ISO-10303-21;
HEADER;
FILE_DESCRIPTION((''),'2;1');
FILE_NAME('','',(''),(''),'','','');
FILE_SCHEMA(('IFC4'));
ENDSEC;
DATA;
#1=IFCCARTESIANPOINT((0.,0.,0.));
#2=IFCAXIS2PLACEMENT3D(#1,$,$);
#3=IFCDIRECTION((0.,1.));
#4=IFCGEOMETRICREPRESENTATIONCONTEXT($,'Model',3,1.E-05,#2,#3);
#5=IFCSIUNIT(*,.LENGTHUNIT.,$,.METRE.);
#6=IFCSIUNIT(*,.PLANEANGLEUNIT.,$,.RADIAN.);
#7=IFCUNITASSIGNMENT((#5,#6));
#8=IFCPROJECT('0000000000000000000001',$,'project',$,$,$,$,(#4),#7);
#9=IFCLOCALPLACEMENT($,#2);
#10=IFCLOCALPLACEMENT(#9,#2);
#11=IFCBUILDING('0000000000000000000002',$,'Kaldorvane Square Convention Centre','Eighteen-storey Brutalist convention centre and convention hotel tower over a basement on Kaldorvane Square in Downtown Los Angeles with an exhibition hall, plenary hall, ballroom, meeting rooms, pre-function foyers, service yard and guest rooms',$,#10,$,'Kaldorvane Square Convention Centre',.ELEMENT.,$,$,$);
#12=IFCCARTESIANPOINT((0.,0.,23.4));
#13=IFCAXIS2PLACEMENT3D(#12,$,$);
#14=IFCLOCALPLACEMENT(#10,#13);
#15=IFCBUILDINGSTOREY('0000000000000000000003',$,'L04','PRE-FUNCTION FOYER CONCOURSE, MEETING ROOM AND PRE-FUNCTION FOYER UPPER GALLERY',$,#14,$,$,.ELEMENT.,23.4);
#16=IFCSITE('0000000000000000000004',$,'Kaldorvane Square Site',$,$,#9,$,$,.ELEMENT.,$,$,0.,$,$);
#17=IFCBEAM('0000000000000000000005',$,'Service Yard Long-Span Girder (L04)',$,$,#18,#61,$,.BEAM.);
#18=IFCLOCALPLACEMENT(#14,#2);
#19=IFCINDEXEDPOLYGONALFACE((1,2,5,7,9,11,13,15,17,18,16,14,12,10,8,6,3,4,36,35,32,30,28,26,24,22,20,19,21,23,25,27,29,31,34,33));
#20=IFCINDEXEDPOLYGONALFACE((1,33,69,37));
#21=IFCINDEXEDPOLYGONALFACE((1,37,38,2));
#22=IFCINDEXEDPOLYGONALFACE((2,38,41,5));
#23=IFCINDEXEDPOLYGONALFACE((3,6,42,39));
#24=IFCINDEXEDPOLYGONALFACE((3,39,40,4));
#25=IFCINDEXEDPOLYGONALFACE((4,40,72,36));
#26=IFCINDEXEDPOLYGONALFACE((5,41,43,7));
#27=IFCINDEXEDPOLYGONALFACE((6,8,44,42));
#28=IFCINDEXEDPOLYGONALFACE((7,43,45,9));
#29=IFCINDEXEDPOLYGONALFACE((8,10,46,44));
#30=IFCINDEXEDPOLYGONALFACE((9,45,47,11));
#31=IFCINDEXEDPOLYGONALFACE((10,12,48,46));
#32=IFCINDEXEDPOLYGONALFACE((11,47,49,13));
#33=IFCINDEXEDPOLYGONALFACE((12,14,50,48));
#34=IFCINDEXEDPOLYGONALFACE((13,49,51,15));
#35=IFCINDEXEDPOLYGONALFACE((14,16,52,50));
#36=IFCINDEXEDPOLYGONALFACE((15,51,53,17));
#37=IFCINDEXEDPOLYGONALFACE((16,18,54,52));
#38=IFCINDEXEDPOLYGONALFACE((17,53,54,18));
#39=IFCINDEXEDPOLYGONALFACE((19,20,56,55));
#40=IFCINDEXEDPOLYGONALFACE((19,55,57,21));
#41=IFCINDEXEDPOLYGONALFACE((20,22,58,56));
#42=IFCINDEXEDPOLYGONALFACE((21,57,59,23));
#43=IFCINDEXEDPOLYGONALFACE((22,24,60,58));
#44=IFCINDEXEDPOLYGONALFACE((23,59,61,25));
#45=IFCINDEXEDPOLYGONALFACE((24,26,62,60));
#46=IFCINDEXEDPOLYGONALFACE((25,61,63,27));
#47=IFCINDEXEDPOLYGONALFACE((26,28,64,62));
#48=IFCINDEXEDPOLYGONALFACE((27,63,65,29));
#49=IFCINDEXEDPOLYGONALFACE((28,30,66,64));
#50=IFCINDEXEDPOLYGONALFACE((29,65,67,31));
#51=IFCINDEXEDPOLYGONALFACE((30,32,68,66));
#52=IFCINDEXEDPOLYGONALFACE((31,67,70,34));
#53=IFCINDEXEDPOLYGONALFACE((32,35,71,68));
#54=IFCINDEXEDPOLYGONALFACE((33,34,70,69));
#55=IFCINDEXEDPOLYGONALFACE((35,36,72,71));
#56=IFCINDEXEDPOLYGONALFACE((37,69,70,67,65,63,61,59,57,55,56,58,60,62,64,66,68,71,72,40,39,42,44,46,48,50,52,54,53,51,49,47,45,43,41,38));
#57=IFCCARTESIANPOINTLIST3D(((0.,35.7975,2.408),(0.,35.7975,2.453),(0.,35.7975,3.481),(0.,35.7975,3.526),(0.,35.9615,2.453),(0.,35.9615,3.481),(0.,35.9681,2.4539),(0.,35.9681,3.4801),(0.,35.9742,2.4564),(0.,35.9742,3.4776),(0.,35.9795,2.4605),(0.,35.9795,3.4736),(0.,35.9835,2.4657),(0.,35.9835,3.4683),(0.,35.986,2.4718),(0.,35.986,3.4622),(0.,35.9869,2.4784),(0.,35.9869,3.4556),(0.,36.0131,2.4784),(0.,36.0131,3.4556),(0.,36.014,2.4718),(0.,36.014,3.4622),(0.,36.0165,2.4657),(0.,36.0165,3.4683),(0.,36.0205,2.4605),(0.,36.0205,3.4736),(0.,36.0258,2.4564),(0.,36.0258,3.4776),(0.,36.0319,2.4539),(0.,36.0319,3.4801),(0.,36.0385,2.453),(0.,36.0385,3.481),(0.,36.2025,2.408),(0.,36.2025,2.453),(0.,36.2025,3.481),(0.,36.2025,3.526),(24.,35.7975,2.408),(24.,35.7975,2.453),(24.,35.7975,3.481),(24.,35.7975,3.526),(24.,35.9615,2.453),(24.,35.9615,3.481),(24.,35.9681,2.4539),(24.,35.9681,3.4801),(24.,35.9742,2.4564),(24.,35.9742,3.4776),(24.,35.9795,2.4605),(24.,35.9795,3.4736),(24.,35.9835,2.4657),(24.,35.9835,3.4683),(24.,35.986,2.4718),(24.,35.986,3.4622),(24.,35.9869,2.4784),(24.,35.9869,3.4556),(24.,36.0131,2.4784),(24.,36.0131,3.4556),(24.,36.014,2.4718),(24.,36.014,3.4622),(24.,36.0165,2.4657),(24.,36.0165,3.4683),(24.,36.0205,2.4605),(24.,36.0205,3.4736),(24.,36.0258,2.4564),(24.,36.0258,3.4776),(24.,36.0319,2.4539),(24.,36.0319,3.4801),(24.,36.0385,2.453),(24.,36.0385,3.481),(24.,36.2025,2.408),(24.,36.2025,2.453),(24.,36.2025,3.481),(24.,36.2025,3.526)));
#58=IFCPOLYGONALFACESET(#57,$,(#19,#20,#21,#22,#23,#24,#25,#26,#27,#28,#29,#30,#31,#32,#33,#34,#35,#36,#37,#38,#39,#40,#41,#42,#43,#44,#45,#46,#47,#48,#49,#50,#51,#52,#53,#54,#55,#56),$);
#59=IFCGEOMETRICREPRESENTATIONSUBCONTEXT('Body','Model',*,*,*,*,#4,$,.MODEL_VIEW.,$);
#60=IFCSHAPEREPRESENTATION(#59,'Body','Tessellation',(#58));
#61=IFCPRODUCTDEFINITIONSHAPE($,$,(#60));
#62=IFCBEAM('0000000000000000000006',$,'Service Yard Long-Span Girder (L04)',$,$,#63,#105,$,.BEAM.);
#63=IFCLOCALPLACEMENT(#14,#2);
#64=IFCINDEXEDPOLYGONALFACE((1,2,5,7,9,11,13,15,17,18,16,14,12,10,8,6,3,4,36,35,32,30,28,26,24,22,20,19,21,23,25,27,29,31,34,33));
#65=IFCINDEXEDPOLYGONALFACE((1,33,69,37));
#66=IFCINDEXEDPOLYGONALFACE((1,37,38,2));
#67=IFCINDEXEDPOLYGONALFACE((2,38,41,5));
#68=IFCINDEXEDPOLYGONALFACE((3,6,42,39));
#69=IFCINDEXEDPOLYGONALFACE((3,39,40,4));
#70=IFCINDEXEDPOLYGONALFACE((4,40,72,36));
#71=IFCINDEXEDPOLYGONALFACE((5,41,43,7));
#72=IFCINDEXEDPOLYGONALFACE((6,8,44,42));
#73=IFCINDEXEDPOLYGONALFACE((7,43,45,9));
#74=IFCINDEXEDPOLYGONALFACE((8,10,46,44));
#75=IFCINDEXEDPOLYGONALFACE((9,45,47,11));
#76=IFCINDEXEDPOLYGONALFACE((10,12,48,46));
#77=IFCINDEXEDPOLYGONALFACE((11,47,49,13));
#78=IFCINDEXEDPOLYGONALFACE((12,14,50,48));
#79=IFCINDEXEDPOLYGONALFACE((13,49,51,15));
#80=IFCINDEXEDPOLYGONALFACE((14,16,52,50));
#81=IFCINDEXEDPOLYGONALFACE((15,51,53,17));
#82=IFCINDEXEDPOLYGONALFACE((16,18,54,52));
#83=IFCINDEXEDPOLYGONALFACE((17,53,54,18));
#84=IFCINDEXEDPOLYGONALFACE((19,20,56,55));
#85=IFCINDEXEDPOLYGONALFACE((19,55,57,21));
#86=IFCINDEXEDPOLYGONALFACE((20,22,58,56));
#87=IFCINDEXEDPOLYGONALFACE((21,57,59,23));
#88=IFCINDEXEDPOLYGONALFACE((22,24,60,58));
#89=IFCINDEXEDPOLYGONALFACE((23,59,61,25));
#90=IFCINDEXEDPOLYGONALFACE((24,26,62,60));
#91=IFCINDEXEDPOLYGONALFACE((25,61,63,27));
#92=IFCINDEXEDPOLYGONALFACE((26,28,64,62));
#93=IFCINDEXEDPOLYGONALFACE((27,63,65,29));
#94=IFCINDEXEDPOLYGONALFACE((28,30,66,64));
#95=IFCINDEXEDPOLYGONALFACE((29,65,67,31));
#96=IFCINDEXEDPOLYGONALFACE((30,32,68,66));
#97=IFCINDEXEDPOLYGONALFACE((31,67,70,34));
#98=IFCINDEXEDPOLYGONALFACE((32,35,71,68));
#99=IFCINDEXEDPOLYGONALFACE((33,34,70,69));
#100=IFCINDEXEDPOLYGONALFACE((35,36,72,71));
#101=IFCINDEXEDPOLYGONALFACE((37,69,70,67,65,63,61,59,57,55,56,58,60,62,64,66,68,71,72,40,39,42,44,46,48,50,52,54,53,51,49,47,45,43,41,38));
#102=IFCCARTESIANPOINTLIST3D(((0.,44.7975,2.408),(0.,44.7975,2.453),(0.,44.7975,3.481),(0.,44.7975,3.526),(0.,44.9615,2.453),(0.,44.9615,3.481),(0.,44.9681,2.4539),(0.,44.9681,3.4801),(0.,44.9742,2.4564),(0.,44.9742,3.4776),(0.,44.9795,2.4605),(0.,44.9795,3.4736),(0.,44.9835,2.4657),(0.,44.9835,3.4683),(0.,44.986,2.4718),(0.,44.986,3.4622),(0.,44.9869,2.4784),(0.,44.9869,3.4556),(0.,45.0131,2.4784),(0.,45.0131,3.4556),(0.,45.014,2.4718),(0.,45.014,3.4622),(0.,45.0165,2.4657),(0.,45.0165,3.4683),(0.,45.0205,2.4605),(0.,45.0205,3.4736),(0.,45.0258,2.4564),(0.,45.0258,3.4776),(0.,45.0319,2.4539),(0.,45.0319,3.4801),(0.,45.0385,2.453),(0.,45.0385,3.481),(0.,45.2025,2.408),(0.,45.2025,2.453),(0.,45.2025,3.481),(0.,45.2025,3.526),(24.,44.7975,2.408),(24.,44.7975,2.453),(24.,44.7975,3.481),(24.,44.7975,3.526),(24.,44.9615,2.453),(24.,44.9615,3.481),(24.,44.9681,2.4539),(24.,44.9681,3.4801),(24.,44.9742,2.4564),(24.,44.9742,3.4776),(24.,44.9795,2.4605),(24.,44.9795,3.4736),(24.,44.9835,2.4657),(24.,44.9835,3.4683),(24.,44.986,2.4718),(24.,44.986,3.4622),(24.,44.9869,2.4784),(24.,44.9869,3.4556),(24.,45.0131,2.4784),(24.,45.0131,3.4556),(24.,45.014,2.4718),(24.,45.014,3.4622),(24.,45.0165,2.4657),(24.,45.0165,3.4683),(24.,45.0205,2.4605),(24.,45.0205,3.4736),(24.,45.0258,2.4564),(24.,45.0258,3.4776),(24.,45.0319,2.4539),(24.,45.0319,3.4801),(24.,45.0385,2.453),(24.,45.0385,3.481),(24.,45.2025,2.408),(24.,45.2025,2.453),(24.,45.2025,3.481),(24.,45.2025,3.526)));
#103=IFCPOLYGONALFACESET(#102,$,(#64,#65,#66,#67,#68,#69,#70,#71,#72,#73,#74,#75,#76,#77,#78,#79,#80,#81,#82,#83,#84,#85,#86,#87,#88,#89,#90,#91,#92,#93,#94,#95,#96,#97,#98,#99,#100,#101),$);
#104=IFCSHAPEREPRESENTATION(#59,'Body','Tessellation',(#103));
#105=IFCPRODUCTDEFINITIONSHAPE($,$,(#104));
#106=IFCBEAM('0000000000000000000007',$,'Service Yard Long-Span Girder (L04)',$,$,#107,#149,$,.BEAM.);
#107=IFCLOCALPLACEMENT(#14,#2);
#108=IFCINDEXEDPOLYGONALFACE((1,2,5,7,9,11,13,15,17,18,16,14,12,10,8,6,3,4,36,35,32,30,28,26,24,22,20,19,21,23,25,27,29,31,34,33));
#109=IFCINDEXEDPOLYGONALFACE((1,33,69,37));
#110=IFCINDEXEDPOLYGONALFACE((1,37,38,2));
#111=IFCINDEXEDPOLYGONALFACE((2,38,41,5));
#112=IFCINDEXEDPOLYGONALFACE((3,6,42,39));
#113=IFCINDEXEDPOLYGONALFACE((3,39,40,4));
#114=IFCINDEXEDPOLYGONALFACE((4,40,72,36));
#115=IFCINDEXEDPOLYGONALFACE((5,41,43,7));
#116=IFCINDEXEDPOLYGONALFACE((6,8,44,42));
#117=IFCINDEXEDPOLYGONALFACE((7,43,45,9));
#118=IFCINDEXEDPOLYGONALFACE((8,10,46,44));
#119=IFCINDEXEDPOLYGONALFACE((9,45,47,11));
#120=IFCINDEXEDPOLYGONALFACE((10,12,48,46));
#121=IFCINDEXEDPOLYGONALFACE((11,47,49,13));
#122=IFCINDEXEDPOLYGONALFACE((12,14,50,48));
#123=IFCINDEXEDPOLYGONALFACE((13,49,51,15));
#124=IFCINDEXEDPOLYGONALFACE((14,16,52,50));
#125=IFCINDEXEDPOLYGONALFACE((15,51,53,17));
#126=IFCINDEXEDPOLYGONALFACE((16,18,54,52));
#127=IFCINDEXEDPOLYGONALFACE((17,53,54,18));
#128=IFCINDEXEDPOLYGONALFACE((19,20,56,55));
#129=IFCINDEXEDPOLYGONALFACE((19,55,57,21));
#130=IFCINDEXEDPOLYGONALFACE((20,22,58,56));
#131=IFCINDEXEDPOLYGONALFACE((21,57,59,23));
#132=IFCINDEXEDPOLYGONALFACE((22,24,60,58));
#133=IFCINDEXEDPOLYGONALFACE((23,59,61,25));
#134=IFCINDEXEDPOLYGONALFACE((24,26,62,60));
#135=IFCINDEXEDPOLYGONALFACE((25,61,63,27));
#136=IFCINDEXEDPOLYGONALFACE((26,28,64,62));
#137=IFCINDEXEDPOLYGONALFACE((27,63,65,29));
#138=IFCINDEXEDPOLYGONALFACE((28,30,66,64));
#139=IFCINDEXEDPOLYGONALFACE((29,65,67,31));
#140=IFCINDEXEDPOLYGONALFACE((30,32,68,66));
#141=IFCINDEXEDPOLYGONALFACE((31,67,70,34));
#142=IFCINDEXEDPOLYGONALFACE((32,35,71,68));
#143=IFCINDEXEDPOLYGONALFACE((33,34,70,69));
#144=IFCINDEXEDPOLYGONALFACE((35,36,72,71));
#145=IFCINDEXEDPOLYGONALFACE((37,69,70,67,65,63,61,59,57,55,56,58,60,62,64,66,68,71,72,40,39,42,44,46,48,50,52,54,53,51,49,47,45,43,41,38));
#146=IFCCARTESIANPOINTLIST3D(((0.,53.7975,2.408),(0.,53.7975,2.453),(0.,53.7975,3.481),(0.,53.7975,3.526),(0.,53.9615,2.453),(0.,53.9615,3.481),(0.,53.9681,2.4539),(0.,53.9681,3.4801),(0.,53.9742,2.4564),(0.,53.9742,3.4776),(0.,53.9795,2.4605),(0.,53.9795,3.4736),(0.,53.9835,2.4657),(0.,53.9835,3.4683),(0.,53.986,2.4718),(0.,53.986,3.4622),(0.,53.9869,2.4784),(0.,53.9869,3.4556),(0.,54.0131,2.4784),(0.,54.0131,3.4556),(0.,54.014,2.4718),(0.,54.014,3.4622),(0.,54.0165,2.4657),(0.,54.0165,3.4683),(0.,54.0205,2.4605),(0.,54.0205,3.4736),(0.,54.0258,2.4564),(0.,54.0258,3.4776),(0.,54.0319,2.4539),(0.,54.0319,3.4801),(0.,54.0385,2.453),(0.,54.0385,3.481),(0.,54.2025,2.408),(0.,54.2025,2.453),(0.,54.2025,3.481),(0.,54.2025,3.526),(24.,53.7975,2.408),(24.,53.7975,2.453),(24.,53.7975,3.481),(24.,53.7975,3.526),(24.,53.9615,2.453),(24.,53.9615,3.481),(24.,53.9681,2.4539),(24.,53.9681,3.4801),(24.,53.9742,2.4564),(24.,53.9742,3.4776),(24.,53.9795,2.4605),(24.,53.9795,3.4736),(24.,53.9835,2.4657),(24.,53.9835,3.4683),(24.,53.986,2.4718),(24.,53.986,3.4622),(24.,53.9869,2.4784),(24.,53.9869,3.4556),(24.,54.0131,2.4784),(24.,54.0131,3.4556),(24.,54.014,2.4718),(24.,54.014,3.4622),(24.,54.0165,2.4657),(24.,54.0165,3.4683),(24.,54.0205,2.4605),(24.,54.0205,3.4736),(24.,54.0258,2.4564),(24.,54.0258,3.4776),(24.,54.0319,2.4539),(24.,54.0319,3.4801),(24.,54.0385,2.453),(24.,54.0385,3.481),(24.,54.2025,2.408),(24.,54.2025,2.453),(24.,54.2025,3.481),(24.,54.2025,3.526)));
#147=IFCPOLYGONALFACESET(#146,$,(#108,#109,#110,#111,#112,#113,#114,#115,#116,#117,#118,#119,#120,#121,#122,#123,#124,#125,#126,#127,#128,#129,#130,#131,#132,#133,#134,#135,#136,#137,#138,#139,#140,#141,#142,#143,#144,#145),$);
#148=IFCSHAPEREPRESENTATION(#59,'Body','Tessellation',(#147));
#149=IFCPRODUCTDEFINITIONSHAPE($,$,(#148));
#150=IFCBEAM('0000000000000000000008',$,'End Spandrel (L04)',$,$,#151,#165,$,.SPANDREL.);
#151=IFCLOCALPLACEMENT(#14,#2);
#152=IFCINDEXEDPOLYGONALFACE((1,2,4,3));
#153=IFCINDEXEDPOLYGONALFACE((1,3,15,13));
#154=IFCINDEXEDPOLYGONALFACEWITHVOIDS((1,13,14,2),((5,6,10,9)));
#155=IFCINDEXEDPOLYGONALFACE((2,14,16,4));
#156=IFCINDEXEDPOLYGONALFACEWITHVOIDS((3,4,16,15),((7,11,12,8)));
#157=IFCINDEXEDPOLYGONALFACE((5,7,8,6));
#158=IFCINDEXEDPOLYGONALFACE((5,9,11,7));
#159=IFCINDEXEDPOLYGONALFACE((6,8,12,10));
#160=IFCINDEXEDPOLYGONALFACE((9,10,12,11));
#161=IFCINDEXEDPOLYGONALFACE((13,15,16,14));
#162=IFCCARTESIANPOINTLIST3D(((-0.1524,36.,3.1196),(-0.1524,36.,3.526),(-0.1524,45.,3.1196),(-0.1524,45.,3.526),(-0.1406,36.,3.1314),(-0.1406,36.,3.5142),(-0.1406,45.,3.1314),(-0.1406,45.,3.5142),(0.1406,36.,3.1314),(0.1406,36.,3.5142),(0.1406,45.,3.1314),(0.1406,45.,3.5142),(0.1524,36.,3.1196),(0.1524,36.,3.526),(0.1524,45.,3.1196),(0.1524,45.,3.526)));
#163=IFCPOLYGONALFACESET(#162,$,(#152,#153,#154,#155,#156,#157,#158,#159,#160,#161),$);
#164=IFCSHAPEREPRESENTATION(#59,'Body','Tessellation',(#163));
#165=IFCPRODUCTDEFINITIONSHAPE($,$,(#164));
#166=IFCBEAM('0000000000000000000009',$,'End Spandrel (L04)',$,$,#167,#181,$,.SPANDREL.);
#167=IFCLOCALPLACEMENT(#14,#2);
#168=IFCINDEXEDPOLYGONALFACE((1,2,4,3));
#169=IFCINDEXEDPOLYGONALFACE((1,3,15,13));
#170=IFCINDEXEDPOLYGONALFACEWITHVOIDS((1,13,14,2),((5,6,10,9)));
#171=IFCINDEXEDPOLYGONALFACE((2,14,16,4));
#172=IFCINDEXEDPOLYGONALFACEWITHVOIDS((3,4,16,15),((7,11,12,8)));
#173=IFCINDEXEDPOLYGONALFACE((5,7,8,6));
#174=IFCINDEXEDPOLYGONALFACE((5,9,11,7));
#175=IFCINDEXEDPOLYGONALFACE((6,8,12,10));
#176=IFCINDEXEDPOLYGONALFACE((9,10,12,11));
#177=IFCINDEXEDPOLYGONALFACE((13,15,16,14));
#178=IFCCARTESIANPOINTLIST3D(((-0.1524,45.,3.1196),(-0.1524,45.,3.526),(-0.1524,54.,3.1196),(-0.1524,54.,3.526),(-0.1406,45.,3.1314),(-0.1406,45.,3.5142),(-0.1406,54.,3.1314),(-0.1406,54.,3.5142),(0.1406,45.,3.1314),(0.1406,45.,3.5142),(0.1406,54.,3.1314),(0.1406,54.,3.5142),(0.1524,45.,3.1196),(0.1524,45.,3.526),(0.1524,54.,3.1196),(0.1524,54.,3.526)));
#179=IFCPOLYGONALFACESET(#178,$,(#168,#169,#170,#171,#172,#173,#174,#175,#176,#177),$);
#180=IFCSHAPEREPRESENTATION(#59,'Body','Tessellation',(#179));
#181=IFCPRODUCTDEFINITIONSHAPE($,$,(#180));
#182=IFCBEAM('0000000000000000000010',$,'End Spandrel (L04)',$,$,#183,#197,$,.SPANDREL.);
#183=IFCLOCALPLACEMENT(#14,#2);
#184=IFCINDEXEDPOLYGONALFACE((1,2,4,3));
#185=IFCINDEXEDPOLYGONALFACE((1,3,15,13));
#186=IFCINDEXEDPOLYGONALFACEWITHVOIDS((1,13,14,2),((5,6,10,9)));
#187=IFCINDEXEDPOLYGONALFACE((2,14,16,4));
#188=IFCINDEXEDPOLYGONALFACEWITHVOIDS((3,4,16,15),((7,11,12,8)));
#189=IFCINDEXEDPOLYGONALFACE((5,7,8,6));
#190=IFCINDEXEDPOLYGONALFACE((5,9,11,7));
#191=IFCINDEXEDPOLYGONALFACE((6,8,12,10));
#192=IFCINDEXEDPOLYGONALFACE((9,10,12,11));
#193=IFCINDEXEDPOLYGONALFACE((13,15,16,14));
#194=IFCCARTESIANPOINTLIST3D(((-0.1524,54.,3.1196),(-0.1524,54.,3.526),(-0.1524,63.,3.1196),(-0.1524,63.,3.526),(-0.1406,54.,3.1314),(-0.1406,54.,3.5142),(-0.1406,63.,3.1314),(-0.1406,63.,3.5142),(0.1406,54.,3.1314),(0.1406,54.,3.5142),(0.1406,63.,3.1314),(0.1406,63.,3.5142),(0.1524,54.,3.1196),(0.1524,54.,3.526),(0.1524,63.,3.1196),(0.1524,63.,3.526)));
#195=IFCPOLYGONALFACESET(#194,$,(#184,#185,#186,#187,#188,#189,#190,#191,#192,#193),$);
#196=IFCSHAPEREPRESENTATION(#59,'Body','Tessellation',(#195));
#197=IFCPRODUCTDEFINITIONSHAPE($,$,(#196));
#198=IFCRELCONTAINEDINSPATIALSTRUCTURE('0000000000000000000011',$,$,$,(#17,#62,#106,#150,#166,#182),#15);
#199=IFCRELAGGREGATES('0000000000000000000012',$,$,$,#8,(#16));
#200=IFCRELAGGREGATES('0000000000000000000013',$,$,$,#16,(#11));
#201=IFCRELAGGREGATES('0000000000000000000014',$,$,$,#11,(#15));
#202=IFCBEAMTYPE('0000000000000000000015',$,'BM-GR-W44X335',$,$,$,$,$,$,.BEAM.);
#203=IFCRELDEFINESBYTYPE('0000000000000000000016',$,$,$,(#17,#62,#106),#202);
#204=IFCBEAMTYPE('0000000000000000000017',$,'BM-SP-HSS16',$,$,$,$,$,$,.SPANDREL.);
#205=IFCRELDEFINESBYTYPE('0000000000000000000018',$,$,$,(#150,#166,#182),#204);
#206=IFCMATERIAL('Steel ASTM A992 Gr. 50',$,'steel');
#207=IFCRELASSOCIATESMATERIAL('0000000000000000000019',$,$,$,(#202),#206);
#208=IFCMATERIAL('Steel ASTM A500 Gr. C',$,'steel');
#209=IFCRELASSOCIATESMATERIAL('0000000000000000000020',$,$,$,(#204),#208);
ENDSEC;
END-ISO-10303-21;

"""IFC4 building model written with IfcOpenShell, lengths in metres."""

from ifc_helpers import new_model, si_unit, direction, frame, origin, origin_2d, place, context, subcontext, project, spatial, hollow_rectangle, i_section, extrude, material, material_profile, profile_set, type_object, element, save


model = new_model("IFC4")

# Units and contexts
model_context = context("Model", 3, precision=1e-05, world=origin(), true_north=direction((0.0, 1.0)))
body_context = subcontext(model_context, "Body", "Model", "MODEL_VIEW")
ifc_project = project(units=[si_unit("LENGTHUNIT", "METRE"), si_unit("PLANEANGLEUNIT", "RADIAN")], contexts=[model_context])

# Site, building, storey
site_placement = place(None, origin())
site = spatial("IfcSite", under=ifc_project, at=site_placement, Name="Kaldorvane Square Site", CompositionType="ELEMENT", RefElevation=0.0)
building_placement = place(site_placement, origin())
building = spatial("IfcBuilding", under=site, at=building_placement, Name="Kaldorvane Square Convention Centre", Description="Eighteen-storey Brutalist convention centre and convention hotel tower over a basement on Kaldorvane Square in Downtown Los Angeles with an exhibition hall, plenary hall, ballroom, meeting rooms, pre-function foyers, service yard and guest rooms", LongName="Kaldorvane Square Convention Centre", CompositionType="ELEMENT")
storey_placement = place(building_placement, frame((0.0, 0.0, 23.4)))
storey = spatial("IfcBuildingStorey", under=building, at=storey_placement, Name="L04", Description="PRE-FUNCTION FOYER CONCOURSE, MEETING ROOM AND PRE-FUNCTION FOYER UPPER GALLERY", CompositionType="ELEMENT", Elevation=23.4)

# Shared definitions
ifc_material_1 = material(Name="Steel ASTM A500 Gr. C", Category="steel")
ifc_material_2 = material(Name="Steel ASTM A992 Gr. 50", Category="steel")

# Beams
ifc_material_profile_1 = material_profile(ifc_material_2, i_section(OverallWidth=0.405, OverallDepth=1.118, WebThickness=0.0262, FlangeThickness=0.045, FilletRadius=0.0254, at=origin_2d()), Name="W44X335")
ifc_profile_set_1 = profile_set([ifc_material_profile_1], Name="Steel ASTM A992 Gr. 50")
beam_type_1 = type_object("IfcBeamType", Name="BM-GR-W44X335", PredefinedType="BEAM", material=ifc_profile_set_1)
for number, where, z_axis, x_axis, name in (
    (1, (0.0, 36.0, 2.967), (1.0, 0.0, 0.0), (0.0, 1.0, 0.0), "Service Yard Long-Span Girder (L04)"),
    (2, (0.0, 45.0, 2.967), (1.0, 0.0, 0.0), (0.0, 1.0, 0.0), "Service Yard Long-Span Girder (L04)"),
    (3, (0.0, 54.0, 2.967), (1.0, 0.0, 0.0), (0.0, 1.0, 0.0), "Service Yard Long-Span Girder (L04)"),
):
    element("IfcBeam", number, at=place(storey_placement, frame(where, z_axis=z_axis, x_axis=x_axis)), inside=storey, type_object=beam_type_1, Name=name, PredefinedType="BEAM", context=body_context, shape_type="SweptSolid", body=[
        extrude(i_section(OverallWidth=0.405, OverallDepth=1.118, WebThickness=0.0262, FlangeThickness=0.045, FilletRadius=0.0254, at=origin_2d()), origin(), (0.0, 0.0, 1.0), 24.0),
    ])
ifc_material_profile_2 = material_profile(ifc_material_1, hollow_rectangle(XDim=0.3048, YDim=0.4064, WallThickness=0.0118, at=origin_2d()), Name="HSS16X12X1/2")
ifc_profile_set_2 = profile_set([ifc_material_profile_2], Name="Steel ASTM A500 Gr. C")
beam_type_2 = type_object("IfcBeamType", Name="BM-SP-HSS16", PredefinedType="SPANDREL", material=ifc_profile_set_2)
for number, where, z_axis, x_axis, name in (
    (4, (0.0, 36.0, 3.3228), (0.0, 1.0, 0.0), (-1.0, 0.0, 0.0), "End Spandrel (L04)"),
    (5, (0.0, 45.0, 3.3228), (0.0, 1.0, 0.0), (-1.0, 0.0, 0.0), "End Spandrel (L04)"),
    (6, (0.0, 54.0, 3.3228), (0.0, 1.0, 0.0), (-1.0, 0.0, 0.0), "End Spandrel (L04)"),
):
    element("IfcBeam", number, at=place(storey_placement, frame(where, z_axis=z_axis, x_axis=x_axis)), inside=storey, type_object=beam_type_2, Name=name, PredefinedType="SPANDREL", context=body_context, shape_type="SweptSolid", body=[
        extrude(hollow_rectangle(XDim=0.3048, YDim=0.4064, WallThickness=0.0118, at=origin_2d()), origin(), (0.0, 0.0, 1.0), 9.0),
    ])

save(model, "model.ifc")
